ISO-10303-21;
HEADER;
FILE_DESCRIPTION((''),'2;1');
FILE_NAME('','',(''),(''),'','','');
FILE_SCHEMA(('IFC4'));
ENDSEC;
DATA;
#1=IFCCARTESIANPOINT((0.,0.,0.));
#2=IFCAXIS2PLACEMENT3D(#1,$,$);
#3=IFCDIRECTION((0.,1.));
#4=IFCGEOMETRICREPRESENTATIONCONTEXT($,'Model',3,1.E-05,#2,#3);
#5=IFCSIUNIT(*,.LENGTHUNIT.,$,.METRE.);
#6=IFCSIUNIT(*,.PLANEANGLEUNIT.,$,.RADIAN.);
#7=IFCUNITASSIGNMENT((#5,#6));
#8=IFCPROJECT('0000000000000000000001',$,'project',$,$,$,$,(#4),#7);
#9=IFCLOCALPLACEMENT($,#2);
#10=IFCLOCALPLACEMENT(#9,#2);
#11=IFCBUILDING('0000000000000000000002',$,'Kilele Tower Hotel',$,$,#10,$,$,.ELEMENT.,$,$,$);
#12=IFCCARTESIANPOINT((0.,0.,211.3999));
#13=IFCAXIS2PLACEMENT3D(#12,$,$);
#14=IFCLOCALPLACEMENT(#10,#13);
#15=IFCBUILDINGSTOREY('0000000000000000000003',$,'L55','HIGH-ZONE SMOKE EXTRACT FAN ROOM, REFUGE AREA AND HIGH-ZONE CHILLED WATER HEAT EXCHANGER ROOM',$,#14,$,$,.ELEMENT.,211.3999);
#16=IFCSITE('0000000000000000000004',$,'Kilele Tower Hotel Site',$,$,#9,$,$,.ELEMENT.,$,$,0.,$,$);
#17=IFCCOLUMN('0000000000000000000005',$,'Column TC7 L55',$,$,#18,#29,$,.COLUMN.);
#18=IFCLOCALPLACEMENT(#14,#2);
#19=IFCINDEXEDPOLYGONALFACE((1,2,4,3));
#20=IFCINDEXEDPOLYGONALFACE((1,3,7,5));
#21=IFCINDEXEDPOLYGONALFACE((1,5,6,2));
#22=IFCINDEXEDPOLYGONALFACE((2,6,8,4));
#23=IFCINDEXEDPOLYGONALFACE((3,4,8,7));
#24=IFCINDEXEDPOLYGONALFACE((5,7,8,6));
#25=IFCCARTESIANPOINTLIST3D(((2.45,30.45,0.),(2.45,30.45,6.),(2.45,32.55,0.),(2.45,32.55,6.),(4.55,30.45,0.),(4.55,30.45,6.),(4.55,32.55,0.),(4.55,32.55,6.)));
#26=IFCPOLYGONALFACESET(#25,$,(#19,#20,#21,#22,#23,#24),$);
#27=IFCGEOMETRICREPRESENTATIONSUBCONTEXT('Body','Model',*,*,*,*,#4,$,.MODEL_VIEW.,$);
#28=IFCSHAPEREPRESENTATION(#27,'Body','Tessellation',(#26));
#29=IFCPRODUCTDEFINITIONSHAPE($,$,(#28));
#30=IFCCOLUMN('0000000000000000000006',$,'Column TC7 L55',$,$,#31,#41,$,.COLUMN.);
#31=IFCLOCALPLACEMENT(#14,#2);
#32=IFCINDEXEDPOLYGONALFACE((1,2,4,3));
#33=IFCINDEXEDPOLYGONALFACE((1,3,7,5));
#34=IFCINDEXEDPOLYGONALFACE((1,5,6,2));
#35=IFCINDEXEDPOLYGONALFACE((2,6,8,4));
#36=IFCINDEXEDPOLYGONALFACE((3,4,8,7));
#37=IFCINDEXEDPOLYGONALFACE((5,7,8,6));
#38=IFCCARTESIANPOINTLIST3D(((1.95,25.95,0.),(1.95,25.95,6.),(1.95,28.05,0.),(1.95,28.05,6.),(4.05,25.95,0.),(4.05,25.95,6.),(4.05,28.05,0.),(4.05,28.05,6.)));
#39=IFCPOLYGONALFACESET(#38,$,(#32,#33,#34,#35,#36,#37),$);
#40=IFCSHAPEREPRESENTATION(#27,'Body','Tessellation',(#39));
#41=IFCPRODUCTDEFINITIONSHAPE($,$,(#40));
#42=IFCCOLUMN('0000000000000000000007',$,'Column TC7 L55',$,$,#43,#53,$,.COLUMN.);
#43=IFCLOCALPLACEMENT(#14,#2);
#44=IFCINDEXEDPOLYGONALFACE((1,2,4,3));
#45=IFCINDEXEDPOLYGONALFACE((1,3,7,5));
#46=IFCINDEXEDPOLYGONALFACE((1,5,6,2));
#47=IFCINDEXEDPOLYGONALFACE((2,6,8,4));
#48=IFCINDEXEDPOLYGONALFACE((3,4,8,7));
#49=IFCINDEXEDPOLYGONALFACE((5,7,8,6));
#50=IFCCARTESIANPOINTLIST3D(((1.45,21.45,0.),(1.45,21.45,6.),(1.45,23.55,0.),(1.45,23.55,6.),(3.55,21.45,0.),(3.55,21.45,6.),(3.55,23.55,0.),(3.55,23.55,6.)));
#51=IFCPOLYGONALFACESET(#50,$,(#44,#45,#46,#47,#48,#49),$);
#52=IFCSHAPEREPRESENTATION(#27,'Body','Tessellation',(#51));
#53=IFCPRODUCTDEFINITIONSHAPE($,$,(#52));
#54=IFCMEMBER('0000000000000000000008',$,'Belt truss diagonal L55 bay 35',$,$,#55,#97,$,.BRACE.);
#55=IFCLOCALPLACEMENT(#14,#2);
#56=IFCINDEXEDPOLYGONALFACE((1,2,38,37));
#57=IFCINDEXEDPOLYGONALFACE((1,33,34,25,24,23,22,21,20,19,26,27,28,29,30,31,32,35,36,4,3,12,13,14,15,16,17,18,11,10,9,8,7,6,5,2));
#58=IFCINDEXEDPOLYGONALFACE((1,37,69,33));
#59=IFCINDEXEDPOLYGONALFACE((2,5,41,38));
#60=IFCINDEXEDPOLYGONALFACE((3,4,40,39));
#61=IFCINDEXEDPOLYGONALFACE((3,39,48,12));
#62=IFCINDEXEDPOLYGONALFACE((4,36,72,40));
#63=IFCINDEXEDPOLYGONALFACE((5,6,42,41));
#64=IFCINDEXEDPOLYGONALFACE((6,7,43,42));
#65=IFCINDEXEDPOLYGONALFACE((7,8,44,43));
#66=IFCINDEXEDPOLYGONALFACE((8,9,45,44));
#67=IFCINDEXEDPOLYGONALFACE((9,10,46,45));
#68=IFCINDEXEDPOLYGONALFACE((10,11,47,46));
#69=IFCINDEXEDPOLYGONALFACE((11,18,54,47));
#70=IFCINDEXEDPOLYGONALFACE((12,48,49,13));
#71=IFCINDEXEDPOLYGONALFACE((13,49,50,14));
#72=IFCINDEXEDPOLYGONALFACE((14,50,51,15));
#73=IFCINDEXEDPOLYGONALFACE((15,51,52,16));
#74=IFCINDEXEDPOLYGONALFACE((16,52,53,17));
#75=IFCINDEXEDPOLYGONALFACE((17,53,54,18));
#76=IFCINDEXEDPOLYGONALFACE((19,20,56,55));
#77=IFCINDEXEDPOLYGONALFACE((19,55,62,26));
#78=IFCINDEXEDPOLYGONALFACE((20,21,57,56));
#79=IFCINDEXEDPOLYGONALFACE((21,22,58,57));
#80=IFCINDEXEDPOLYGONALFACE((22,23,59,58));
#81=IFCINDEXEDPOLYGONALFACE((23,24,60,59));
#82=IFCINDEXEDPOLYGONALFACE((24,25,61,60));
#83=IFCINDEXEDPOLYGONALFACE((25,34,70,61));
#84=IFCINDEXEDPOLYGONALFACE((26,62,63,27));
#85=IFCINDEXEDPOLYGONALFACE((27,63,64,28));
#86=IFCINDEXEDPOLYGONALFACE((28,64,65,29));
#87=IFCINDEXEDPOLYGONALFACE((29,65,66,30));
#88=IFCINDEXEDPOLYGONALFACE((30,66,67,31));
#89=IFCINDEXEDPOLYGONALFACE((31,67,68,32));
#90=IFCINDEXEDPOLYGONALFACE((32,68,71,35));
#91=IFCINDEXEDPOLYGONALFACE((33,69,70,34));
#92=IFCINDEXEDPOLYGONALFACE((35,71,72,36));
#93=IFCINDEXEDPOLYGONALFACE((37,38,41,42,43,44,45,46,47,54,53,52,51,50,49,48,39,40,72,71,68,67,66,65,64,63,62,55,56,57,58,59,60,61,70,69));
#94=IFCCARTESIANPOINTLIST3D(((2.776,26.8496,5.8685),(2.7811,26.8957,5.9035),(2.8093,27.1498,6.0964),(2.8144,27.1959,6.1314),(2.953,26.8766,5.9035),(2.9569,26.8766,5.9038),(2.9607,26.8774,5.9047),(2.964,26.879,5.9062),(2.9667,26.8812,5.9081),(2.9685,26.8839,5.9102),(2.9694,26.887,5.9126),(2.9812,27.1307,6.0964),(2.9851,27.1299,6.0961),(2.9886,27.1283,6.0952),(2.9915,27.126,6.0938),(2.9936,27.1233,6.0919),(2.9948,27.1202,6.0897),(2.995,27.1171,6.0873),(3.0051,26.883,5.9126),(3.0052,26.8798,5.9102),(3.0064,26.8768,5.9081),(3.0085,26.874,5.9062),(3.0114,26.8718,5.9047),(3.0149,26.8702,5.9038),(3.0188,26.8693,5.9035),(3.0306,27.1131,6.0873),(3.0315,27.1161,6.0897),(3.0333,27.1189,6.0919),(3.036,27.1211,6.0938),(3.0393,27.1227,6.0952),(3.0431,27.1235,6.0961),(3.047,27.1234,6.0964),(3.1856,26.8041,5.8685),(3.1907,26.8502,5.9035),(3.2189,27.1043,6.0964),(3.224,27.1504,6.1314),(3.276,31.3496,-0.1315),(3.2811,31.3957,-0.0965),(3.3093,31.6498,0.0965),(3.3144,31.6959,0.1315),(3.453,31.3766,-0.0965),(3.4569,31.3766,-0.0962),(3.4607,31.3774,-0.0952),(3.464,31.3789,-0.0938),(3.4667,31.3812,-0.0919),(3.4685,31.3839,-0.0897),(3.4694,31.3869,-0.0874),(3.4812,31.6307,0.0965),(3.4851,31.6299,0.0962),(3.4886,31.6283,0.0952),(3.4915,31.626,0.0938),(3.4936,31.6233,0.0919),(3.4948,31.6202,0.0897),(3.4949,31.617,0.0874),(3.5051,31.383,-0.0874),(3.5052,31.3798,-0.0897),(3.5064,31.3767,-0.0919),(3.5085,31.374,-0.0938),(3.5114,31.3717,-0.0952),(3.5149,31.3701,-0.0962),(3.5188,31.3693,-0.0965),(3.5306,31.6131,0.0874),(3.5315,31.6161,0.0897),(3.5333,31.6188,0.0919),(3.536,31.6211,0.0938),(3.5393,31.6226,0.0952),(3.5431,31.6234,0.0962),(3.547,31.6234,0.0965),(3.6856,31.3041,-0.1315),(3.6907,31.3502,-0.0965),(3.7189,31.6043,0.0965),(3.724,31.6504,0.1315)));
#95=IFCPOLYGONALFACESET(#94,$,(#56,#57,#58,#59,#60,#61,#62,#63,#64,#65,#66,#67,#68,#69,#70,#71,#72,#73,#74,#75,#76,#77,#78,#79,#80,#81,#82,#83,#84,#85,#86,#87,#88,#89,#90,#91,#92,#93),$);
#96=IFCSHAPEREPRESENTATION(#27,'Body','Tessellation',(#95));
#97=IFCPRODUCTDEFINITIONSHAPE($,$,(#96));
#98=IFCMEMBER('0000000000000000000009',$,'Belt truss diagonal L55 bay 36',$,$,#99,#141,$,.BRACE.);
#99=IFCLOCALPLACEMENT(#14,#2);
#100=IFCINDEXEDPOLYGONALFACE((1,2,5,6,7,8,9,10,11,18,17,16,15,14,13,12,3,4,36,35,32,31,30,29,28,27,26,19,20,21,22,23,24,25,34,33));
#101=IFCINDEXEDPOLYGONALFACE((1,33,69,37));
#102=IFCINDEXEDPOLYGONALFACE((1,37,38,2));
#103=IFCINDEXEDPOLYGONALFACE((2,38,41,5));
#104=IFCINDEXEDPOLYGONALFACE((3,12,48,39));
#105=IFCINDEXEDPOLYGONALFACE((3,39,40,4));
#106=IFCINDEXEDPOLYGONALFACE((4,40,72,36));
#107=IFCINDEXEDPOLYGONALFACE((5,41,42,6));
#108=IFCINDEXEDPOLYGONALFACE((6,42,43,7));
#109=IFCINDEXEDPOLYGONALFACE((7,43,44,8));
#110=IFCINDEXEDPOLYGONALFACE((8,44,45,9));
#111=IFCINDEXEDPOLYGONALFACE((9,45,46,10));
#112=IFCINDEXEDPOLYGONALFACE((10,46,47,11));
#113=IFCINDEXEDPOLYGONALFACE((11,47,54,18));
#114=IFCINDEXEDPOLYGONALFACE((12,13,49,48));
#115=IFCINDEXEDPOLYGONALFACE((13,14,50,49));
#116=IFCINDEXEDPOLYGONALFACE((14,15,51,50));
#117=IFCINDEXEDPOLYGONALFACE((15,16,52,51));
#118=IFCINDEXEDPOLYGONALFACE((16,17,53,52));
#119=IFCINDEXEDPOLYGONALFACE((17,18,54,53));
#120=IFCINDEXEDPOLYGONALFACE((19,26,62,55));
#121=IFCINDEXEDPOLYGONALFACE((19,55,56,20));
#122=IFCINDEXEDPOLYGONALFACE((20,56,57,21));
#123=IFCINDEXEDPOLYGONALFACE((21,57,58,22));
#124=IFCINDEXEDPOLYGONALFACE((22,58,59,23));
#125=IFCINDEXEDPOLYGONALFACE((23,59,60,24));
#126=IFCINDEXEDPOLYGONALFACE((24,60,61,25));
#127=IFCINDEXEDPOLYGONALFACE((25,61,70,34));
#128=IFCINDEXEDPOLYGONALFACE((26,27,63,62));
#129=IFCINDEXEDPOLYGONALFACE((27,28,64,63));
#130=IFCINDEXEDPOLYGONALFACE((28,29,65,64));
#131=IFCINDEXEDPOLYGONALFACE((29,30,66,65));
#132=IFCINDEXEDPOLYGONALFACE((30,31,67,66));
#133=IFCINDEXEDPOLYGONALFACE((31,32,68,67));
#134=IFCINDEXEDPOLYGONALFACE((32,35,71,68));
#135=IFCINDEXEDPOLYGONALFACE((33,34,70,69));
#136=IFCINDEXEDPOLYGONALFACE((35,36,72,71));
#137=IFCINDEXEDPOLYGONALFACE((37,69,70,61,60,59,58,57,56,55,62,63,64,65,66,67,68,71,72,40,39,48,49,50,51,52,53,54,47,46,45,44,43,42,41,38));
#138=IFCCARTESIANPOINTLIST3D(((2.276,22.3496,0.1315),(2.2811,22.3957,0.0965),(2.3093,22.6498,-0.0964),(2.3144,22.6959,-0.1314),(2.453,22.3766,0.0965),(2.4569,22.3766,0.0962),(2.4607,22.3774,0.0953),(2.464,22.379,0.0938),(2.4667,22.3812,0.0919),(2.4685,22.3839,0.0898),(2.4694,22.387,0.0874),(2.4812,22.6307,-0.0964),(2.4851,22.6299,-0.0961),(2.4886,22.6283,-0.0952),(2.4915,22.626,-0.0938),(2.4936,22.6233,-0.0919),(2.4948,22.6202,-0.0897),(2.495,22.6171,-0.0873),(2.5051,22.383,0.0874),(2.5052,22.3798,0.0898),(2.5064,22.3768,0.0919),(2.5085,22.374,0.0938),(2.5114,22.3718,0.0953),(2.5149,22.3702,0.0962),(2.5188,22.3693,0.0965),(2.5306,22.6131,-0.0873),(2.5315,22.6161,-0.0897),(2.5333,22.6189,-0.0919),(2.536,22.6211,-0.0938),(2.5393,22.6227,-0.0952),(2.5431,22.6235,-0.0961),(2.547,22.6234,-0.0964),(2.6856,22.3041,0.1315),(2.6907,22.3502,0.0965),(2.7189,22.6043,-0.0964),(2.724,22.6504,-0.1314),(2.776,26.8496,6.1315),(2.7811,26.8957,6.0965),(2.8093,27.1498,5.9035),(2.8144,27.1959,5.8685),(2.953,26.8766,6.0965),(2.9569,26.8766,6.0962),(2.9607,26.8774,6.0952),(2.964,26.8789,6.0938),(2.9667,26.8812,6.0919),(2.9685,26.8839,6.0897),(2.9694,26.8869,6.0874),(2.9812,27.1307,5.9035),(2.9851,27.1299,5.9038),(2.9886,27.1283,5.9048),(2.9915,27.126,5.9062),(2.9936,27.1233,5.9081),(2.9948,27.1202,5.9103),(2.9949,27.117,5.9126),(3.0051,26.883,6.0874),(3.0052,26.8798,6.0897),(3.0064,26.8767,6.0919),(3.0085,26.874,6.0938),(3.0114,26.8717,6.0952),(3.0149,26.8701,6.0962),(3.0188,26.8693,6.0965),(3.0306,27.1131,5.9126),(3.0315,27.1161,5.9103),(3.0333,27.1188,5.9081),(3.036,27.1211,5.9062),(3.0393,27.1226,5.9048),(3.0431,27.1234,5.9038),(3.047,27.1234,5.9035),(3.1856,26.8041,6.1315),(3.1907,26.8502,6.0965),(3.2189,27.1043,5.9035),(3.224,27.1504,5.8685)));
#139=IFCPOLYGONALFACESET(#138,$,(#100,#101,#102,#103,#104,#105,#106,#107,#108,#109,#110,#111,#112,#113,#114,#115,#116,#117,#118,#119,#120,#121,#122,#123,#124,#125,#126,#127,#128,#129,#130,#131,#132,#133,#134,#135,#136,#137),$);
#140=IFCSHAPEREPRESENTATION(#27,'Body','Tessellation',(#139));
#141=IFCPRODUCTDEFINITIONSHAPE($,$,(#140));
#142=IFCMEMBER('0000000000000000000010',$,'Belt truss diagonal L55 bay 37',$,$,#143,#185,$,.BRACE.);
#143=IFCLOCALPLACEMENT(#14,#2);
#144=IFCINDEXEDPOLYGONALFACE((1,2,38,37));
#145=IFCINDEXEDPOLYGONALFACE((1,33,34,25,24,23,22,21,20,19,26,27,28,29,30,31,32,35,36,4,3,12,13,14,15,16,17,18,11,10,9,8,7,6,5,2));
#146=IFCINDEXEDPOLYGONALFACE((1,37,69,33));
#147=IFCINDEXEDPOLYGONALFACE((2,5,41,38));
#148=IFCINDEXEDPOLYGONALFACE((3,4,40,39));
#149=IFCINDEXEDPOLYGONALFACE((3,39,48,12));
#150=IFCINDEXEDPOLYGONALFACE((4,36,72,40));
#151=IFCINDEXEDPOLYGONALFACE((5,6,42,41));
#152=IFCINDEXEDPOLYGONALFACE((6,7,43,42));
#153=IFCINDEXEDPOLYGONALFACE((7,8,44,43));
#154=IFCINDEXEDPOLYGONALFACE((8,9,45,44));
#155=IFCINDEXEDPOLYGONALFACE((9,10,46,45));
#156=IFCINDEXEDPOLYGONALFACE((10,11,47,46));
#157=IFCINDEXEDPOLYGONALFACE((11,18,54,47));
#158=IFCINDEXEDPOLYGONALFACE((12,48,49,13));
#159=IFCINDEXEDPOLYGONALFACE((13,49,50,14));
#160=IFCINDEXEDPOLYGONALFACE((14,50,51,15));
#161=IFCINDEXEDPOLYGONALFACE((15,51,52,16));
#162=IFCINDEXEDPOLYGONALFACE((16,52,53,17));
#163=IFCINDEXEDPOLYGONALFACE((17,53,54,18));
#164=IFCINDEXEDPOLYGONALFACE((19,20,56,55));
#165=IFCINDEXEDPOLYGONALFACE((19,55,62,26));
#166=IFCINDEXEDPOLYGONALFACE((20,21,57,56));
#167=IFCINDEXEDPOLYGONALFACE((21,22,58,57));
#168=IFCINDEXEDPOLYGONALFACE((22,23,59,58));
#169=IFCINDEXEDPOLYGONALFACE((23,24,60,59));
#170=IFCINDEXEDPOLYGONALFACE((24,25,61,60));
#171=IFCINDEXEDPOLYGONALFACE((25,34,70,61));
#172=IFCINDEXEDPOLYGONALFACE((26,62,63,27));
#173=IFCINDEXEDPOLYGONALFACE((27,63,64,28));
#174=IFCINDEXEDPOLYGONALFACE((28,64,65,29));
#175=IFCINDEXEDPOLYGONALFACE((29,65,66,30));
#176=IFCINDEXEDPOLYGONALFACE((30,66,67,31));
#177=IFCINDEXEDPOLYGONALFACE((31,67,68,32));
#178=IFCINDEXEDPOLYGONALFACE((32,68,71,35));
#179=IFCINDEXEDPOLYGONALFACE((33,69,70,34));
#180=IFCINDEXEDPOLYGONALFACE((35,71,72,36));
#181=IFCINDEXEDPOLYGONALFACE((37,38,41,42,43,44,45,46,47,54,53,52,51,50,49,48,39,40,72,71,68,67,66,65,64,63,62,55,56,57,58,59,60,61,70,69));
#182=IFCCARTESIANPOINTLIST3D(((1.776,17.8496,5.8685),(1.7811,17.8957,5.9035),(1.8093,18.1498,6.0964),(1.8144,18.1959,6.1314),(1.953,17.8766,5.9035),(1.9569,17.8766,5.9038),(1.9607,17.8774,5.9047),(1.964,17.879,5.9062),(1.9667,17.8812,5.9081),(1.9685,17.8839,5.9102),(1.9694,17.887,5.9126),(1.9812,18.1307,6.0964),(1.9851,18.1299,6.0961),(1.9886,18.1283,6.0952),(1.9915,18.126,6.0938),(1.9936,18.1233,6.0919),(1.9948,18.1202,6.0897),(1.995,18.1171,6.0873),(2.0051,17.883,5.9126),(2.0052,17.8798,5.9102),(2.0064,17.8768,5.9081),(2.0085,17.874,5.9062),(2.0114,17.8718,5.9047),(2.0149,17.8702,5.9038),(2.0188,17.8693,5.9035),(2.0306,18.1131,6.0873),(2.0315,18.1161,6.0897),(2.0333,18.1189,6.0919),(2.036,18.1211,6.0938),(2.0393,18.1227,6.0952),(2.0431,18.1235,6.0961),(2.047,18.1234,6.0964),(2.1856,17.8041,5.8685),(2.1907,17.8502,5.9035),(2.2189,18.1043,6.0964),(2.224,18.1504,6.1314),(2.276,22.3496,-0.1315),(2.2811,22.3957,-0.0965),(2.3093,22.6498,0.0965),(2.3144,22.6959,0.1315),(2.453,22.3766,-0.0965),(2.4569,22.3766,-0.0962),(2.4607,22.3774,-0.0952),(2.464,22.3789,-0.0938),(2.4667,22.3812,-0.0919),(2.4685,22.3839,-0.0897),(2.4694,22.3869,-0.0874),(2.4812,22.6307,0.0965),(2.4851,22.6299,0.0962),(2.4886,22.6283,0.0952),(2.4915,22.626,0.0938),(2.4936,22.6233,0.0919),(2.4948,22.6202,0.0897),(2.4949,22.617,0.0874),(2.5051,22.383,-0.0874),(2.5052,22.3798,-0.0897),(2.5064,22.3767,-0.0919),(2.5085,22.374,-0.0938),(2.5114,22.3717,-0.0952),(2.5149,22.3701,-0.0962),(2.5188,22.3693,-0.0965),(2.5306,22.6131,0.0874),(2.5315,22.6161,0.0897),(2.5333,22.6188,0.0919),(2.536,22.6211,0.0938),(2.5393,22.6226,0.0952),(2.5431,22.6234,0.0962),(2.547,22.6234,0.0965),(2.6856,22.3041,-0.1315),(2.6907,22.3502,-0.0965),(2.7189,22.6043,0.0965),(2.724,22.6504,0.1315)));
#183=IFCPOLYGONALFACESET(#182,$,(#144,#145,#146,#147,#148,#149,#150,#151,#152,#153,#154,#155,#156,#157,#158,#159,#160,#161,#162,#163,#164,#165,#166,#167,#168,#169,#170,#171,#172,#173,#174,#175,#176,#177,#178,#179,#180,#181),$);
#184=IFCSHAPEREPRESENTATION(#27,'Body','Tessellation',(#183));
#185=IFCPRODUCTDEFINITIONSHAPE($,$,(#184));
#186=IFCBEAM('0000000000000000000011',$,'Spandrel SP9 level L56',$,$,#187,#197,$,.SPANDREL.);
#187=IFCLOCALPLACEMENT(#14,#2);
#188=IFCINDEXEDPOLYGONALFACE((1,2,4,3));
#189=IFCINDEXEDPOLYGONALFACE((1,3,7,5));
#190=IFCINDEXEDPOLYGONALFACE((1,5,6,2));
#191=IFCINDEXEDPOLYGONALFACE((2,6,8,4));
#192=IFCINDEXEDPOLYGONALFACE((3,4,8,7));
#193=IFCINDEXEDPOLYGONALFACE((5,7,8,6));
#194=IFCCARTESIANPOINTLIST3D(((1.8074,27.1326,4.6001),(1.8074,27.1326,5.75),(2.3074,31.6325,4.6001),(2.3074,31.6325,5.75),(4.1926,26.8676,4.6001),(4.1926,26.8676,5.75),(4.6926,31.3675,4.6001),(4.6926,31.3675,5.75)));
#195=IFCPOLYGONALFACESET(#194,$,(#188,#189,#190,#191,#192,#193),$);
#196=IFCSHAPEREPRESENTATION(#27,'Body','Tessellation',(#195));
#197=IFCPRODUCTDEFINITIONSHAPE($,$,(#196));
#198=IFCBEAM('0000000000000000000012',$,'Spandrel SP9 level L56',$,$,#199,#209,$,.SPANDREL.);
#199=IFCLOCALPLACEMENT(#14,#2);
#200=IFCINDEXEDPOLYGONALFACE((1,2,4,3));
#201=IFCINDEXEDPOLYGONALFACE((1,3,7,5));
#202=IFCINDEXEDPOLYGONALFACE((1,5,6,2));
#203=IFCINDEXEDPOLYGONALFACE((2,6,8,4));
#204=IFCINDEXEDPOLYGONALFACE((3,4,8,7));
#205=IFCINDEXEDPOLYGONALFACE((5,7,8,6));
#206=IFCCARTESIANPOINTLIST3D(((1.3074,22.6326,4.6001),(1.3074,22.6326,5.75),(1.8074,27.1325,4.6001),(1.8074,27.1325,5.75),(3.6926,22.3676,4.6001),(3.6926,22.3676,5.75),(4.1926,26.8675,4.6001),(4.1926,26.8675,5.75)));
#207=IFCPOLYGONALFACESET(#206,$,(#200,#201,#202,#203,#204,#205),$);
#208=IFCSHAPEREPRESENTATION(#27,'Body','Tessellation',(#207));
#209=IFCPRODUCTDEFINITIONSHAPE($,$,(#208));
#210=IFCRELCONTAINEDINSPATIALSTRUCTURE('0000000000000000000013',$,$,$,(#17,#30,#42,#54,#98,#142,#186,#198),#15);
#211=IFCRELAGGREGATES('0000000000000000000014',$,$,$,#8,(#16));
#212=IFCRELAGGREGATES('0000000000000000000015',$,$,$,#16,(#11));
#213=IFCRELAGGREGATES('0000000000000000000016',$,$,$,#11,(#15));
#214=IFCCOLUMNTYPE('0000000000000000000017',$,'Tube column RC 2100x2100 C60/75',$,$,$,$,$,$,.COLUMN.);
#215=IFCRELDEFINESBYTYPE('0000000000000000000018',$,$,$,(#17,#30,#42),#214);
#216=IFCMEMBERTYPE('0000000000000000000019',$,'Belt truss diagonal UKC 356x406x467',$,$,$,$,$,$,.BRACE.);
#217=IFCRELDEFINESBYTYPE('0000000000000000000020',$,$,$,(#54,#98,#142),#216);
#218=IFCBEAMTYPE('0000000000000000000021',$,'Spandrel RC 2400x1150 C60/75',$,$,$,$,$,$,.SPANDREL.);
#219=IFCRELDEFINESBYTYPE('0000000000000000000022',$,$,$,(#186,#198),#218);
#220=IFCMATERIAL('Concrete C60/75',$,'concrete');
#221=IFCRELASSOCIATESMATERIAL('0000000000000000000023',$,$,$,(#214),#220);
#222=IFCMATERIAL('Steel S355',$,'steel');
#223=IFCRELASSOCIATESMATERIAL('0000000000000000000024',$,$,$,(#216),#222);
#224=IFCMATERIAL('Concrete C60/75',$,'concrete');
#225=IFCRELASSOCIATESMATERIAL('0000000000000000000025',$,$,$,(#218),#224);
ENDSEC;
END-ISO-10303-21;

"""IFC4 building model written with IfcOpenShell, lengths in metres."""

from ifc_helpers import new_model, si_unit, direction, frame, origin, origin_2d, place, context, subcontext, project, spatial, rectangle, i_section, extrude, material, material_profile, profile_set, type_object, element, save


model = new_model("IFC4")

# Units and contexts
model_context = context("Model", 3, precision=1e-05, world=origin(), true_north=direction((0.0, 1.0)))
body_context = subcontext(model_context, "Body", "Model", "MODEL_VIEW")
ifc_project = project(units=[si_unit("LENGTHUNIT", "METRE"), si_unit("PLANEANGLEUNIT", "RADIAN")], contexts=[model_context])

# Site, building, storey
site_placement = place(None, origin())
site = spatial("IfcSite", under=ifc_project, at=site_placement, Name="Kilele Tower Hotel Site", CompositionType="ELEMENT", RefElevation=0.0)
building_placement = place(site_placement, origin())
building = spatial("IfcBuilding", under=site, at=building_placement, Name="Kilele Tower Hotel", CompositionType="ELEMENT")
storey_placement = place(building_placement, frame((0.0, 0.0, 211.3999)))
storey = spatial("IfcBuildingStorey", under=building, at=storey_placement, Name="L55", Description="HIGH-ZONE SMOKE EXTRACT FAN ROOM, REFUGE AREA AND HIGH-ZONE CHILLED WATER HEAT EXCHANGER ROOM", CompositionType="ELEMENT", Elevation=211.3999)

# Columns
ifc_material_1 = material(Name="Concrete C60/75", Category="concrete")
ifc_material_profile_1 = material_profile(ifc_material_1, rectangle(XDim=2.1001, YDim=2.1001, at=origin_2d()))
ifc_profile_set_1 = profile_set([ifc_material_profile_1], Name="Concrete C60/75")
column_type = type_object("IfcColumnType", Name="Tube column RC 2100x2100 C60/75", PredefinedType="COLUMN", material=ifc_profile_set_1)
for number, where, z_axis, x_axis, name in (
    (1, (3.5, 31.5, 0.0), (0.0, 0.0, 1.0), (1.0, 0.0, 0.0), "Column TC7 L55"),
    (2, (3.0, 27.0, 0.0), (0.0, 0.0, 1.0), (1.0, 0.0, 0.0), "Column TC7 L55"),
    (3, (2.5, 22.5, 0.0), (0.0, 0.0, 1.0), (1.0, 0.0, 0.0), "Column TC7 L55"),
):
    element("IfcColumn", number, at=place(storey_placement, frame(where, z_axis=z_axis, x_axis=x_axis)), inside=storey, type_object=column_type, Name=name, PredefinedType="COLUMN", context=body_context, shape_type="SweptSolid", body=[
        extrude(rectangle(XDim=2.1001, YDim=2.1001, at=origin_2d()), origin(), (0.0, 0.0, 1.0), 6.0),
    ])

# Members
ifc_material_2 = material(Name="Steel S355", Category="steel")
ifc_material_profile_2 = material_profile(ifc_material_2, i_section(OverallWidth=0.4121, OverallDepth=0.4365, WebThickness=0.0359, FlangeThickness=0.0581, FilletRadius=0.0151, at=origin_2d()))
ifc_profile_set_2 = profile_set([ifc_material_profile_2], Name="Steel S355")
member_type = type_object("IfcMemberType", Name="Belt truss diagonal UKC 356x406x467", PredefinedType="BRACE", material=ifc_profile_set_2)
for number, where, z_axis, x_axis, name in (
    (4, (3.5, 31.5, 0.0), (-0.066519, -0.598671, 0.798228), (0.993884, -0.110432, 0.0), "Belt truss diagonal L55 bay 35"),
    (5, (3.0, 27.0, 6.0), (-0.066519, -0.598671, -0.798228), (0.993884, -0.110432, 0.0), "Belt truss diagonal L55 bay 36"),
    (6, (2.5, 22.5, 0.0), (-0.066519, -0.598671, 0.798228), (0.993884, -0.110432, 0.0), "Belt truss diagonal L55 bay 37"),
):
    element("IfcMember", number, at=place(storey_placement, frame(where, z_axis=z_axis, x_axis=x_axis)), inside=storey, type_object=member_type, Name=name, PredefinedType="BRACE", context=body_context, shape_type="SweptSolid", body=[
        extrude(i_section(OverallWidth=0.4121, OverallDepth=0.4365, WebThickness=0.0359, FlangeThickness=0.0581, FilletRadius=0.0151, at=origin_2d()), origin(), (0.0, 0.0, 1.0), 7.5166),
    ])

# Beams
ifc_material_3 = material(Name="Concrete C60/75", Category="concrete")
ifc_material_profile_3 = material_profile(ifc_material_3, rectangle(XDim=2.3999, YDim=1.1499, at=origin_2d()))
ifc_profile_set_3 = profile_set([ifc_material_profile_3], Name="Concrete C60/75")
beam_type_1 = type_object("IfcBeamType", Name="Spandrel RC 2400x1150 C60/75", PredefinedType="SPANDREL", material=ifc_profile_set_3)
for number, where, z_axis, x_axis, name in (
    (7, (3.5, 31.5, 5.175), (-0.110432, -0.993884, 0.0), (0.993884, -0.110432, 0.0), "Spandrel SP9 level L56"),
    (8, (3.0, 27.0, 5.175), (-0.110432, -0.993884, 0.0), (0.993884, -0.110432, 0.0), "Spandrel SP9 level L56"),
):
    element("IfcBeam", number, at=place(storey_placement, frame(where, z_axis=z_axis, x_axis=x_axis)), inside=storey, type_object=beam_type_1, Name=name, PredefinedType="SPANDREL", context=body_context, shape_type="SweptSolid", body=[
        extrude(rectangle(XDim=2.3999, YDim=1.1499, at=origin_2d()), origin(), (0.0, 0.0, 1.0), 4.5276),
    ])

save(model, "model.ifc")
